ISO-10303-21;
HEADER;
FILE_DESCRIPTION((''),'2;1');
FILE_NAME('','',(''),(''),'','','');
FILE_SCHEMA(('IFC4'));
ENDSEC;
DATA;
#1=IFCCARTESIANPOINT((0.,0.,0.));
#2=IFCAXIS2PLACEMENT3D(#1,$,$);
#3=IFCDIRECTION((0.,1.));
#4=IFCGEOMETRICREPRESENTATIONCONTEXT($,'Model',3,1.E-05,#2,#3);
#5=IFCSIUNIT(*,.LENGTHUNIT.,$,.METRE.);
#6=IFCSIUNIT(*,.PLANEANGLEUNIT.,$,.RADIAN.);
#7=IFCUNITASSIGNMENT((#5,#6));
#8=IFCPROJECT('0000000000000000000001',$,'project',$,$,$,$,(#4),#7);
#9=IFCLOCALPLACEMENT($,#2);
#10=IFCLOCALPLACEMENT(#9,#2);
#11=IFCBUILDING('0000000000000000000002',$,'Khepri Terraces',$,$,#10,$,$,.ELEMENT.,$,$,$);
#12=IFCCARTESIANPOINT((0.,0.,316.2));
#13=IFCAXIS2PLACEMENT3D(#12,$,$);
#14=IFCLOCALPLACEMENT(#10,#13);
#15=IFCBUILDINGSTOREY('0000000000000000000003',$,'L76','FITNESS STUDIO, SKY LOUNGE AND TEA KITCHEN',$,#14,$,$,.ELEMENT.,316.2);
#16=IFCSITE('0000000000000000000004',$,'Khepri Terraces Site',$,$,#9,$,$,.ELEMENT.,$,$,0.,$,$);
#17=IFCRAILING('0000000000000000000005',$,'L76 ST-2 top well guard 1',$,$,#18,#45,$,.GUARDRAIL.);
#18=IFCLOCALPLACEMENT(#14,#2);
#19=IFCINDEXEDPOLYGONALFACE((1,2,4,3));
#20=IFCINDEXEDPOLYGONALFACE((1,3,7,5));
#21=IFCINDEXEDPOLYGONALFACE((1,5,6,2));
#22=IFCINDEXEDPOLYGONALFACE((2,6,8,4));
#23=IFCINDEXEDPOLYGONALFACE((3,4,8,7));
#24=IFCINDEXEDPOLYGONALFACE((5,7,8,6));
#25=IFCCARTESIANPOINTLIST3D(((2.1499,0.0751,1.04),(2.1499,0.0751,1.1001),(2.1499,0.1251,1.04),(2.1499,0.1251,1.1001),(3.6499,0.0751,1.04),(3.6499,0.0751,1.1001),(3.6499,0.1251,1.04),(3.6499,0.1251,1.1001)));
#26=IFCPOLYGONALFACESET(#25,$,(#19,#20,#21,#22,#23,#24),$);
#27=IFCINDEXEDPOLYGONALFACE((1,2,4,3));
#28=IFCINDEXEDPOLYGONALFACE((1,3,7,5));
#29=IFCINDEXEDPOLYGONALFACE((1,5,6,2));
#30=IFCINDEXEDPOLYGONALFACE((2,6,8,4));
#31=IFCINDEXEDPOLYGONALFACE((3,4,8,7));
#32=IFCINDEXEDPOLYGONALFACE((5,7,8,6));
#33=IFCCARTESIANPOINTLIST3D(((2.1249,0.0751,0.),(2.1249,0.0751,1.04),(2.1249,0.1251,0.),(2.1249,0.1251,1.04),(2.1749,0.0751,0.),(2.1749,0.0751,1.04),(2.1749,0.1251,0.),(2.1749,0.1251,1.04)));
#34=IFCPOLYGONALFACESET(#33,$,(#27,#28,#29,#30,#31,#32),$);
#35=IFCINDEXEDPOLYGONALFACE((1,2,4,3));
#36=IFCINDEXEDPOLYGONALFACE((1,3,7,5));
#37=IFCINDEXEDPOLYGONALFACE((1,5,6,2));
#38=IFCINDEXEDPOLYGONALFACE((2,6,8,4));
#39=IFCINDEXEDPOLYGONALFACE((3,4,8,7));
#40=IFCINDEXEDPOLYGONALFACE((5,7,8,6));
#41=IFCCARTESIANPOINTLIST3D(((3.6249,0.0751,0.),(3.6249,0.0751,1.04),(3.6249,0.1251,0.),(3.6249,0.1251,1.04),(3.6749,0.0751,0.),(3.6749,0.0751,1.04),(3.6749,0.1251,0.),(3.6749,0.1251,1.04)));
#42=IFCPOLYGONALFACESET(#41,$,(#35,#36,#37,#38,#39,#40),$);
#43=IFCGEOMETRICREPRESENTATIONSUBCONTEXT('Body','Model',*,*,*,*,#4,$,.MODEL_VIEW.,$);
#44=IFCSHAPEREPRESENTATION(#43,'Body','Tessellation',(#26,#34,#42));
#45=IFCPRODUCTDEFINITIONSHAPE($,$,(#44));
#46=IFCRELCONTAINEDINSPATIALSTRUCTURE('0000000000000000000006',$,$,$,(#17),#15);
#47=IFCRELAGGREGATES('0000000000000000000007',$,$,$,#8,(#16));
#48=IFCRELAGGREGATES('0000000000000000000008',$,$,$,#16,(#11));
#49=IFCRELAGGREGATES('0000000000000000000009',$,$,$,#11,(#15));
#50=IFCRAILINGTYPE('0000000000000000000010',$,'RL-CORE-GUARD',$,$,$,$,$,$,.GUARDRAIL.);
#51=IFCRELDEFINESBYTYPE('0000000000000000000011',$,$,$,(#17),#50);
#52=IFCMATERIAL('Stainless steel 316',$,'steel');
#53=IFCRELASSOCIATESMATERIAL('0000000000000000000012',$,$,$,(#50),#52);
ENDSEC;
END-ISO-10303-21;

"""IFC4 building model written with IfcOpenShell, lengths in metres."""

from ifc_helpers import new_model, si_unit, direction, frame, origin, origin_2d, place, context, subcontext, project, spatial, rectangle, extrude, material, type_object, element, save


model = new_model("IFC4")

# Units and contexts
model_context = context("Model", 3, precision=1e-05, world=origin(), true_north=direction((0.0, 1.0)))
body_context = subcontext(model_context, "Body", "Model", "MODEL_VIEW")
ifc_project = project(units=[si_unit("LENGTHUNIT", "METRE"), si_unit("PLANEANGLEUNIT", "RADIAN")], contexts=[model_context])

# Site, building, storey
site_placement = place(None, origin())
site = spatial("IfcSite", under=ifc_project, at=site_placement, Name="Khepri Terraces Site", CompositionType="ELEMENT", RefElevation=0.0)
building_placement = place(site_placement, origin())
building = spatial("IfcBuilding", under=site, at=building_placement, Name="Khepri Terraces", CompositionType="ELEMENT")
storey_placement = place(building_placement, frame((0.0, 0.0, 316.2)))
storey = spatial("IfcBuildingStorey", under=building, at=storey_placement, Name="L76", Description="FITNESS STUDIO, SKY LOUNGE AND TEA KITCHEN", CompositionType="ELEMENT", Elevation=316.2)

# Railing
ifc_material_1 = material(Name="Stainless steel 316", Category="steel")
railing_type = type_object("IfcRailingType", Name="RL-CORE-GUARD", PredefinedType="GUARDRAIL", material=ifc_material_1)
railing_placement = place(storey_placement, frame((2.1499, 0.1001, 0.0)))
element("IfcRailing", 1, at=railing_placement, inside=storey, type_object=railing_type, Name="L76 ST-2 top well guard 1", PredefinedType="GUARDRAIL", context=body_context, shape_type="SweptSolid", body=[
    extrude(rectangle(XDim=0.05, YDim=0.0601, at=origin_2d()), frame((0.0, 0.0, 1.0701), z_axis=(1.0, 0.0, 0.0), x_axis=(0.0, 1.0, 0.0)), (0.0, 0.0, 1.0), 1.5),
    extrude(rectangle(XDim=0.05, YDim=0.05, at=origin_2d()), origin(), (0.0, 0.0, 1.0), 1.04),
    extrude(rectangle(XDim=0.05, YDim=0.05, at=origin_2d()), frame((1.5, 0.0, 0.0)), (0.0, 0.0, 1.0), 1.04),
])

save(model, "model.ifc")
